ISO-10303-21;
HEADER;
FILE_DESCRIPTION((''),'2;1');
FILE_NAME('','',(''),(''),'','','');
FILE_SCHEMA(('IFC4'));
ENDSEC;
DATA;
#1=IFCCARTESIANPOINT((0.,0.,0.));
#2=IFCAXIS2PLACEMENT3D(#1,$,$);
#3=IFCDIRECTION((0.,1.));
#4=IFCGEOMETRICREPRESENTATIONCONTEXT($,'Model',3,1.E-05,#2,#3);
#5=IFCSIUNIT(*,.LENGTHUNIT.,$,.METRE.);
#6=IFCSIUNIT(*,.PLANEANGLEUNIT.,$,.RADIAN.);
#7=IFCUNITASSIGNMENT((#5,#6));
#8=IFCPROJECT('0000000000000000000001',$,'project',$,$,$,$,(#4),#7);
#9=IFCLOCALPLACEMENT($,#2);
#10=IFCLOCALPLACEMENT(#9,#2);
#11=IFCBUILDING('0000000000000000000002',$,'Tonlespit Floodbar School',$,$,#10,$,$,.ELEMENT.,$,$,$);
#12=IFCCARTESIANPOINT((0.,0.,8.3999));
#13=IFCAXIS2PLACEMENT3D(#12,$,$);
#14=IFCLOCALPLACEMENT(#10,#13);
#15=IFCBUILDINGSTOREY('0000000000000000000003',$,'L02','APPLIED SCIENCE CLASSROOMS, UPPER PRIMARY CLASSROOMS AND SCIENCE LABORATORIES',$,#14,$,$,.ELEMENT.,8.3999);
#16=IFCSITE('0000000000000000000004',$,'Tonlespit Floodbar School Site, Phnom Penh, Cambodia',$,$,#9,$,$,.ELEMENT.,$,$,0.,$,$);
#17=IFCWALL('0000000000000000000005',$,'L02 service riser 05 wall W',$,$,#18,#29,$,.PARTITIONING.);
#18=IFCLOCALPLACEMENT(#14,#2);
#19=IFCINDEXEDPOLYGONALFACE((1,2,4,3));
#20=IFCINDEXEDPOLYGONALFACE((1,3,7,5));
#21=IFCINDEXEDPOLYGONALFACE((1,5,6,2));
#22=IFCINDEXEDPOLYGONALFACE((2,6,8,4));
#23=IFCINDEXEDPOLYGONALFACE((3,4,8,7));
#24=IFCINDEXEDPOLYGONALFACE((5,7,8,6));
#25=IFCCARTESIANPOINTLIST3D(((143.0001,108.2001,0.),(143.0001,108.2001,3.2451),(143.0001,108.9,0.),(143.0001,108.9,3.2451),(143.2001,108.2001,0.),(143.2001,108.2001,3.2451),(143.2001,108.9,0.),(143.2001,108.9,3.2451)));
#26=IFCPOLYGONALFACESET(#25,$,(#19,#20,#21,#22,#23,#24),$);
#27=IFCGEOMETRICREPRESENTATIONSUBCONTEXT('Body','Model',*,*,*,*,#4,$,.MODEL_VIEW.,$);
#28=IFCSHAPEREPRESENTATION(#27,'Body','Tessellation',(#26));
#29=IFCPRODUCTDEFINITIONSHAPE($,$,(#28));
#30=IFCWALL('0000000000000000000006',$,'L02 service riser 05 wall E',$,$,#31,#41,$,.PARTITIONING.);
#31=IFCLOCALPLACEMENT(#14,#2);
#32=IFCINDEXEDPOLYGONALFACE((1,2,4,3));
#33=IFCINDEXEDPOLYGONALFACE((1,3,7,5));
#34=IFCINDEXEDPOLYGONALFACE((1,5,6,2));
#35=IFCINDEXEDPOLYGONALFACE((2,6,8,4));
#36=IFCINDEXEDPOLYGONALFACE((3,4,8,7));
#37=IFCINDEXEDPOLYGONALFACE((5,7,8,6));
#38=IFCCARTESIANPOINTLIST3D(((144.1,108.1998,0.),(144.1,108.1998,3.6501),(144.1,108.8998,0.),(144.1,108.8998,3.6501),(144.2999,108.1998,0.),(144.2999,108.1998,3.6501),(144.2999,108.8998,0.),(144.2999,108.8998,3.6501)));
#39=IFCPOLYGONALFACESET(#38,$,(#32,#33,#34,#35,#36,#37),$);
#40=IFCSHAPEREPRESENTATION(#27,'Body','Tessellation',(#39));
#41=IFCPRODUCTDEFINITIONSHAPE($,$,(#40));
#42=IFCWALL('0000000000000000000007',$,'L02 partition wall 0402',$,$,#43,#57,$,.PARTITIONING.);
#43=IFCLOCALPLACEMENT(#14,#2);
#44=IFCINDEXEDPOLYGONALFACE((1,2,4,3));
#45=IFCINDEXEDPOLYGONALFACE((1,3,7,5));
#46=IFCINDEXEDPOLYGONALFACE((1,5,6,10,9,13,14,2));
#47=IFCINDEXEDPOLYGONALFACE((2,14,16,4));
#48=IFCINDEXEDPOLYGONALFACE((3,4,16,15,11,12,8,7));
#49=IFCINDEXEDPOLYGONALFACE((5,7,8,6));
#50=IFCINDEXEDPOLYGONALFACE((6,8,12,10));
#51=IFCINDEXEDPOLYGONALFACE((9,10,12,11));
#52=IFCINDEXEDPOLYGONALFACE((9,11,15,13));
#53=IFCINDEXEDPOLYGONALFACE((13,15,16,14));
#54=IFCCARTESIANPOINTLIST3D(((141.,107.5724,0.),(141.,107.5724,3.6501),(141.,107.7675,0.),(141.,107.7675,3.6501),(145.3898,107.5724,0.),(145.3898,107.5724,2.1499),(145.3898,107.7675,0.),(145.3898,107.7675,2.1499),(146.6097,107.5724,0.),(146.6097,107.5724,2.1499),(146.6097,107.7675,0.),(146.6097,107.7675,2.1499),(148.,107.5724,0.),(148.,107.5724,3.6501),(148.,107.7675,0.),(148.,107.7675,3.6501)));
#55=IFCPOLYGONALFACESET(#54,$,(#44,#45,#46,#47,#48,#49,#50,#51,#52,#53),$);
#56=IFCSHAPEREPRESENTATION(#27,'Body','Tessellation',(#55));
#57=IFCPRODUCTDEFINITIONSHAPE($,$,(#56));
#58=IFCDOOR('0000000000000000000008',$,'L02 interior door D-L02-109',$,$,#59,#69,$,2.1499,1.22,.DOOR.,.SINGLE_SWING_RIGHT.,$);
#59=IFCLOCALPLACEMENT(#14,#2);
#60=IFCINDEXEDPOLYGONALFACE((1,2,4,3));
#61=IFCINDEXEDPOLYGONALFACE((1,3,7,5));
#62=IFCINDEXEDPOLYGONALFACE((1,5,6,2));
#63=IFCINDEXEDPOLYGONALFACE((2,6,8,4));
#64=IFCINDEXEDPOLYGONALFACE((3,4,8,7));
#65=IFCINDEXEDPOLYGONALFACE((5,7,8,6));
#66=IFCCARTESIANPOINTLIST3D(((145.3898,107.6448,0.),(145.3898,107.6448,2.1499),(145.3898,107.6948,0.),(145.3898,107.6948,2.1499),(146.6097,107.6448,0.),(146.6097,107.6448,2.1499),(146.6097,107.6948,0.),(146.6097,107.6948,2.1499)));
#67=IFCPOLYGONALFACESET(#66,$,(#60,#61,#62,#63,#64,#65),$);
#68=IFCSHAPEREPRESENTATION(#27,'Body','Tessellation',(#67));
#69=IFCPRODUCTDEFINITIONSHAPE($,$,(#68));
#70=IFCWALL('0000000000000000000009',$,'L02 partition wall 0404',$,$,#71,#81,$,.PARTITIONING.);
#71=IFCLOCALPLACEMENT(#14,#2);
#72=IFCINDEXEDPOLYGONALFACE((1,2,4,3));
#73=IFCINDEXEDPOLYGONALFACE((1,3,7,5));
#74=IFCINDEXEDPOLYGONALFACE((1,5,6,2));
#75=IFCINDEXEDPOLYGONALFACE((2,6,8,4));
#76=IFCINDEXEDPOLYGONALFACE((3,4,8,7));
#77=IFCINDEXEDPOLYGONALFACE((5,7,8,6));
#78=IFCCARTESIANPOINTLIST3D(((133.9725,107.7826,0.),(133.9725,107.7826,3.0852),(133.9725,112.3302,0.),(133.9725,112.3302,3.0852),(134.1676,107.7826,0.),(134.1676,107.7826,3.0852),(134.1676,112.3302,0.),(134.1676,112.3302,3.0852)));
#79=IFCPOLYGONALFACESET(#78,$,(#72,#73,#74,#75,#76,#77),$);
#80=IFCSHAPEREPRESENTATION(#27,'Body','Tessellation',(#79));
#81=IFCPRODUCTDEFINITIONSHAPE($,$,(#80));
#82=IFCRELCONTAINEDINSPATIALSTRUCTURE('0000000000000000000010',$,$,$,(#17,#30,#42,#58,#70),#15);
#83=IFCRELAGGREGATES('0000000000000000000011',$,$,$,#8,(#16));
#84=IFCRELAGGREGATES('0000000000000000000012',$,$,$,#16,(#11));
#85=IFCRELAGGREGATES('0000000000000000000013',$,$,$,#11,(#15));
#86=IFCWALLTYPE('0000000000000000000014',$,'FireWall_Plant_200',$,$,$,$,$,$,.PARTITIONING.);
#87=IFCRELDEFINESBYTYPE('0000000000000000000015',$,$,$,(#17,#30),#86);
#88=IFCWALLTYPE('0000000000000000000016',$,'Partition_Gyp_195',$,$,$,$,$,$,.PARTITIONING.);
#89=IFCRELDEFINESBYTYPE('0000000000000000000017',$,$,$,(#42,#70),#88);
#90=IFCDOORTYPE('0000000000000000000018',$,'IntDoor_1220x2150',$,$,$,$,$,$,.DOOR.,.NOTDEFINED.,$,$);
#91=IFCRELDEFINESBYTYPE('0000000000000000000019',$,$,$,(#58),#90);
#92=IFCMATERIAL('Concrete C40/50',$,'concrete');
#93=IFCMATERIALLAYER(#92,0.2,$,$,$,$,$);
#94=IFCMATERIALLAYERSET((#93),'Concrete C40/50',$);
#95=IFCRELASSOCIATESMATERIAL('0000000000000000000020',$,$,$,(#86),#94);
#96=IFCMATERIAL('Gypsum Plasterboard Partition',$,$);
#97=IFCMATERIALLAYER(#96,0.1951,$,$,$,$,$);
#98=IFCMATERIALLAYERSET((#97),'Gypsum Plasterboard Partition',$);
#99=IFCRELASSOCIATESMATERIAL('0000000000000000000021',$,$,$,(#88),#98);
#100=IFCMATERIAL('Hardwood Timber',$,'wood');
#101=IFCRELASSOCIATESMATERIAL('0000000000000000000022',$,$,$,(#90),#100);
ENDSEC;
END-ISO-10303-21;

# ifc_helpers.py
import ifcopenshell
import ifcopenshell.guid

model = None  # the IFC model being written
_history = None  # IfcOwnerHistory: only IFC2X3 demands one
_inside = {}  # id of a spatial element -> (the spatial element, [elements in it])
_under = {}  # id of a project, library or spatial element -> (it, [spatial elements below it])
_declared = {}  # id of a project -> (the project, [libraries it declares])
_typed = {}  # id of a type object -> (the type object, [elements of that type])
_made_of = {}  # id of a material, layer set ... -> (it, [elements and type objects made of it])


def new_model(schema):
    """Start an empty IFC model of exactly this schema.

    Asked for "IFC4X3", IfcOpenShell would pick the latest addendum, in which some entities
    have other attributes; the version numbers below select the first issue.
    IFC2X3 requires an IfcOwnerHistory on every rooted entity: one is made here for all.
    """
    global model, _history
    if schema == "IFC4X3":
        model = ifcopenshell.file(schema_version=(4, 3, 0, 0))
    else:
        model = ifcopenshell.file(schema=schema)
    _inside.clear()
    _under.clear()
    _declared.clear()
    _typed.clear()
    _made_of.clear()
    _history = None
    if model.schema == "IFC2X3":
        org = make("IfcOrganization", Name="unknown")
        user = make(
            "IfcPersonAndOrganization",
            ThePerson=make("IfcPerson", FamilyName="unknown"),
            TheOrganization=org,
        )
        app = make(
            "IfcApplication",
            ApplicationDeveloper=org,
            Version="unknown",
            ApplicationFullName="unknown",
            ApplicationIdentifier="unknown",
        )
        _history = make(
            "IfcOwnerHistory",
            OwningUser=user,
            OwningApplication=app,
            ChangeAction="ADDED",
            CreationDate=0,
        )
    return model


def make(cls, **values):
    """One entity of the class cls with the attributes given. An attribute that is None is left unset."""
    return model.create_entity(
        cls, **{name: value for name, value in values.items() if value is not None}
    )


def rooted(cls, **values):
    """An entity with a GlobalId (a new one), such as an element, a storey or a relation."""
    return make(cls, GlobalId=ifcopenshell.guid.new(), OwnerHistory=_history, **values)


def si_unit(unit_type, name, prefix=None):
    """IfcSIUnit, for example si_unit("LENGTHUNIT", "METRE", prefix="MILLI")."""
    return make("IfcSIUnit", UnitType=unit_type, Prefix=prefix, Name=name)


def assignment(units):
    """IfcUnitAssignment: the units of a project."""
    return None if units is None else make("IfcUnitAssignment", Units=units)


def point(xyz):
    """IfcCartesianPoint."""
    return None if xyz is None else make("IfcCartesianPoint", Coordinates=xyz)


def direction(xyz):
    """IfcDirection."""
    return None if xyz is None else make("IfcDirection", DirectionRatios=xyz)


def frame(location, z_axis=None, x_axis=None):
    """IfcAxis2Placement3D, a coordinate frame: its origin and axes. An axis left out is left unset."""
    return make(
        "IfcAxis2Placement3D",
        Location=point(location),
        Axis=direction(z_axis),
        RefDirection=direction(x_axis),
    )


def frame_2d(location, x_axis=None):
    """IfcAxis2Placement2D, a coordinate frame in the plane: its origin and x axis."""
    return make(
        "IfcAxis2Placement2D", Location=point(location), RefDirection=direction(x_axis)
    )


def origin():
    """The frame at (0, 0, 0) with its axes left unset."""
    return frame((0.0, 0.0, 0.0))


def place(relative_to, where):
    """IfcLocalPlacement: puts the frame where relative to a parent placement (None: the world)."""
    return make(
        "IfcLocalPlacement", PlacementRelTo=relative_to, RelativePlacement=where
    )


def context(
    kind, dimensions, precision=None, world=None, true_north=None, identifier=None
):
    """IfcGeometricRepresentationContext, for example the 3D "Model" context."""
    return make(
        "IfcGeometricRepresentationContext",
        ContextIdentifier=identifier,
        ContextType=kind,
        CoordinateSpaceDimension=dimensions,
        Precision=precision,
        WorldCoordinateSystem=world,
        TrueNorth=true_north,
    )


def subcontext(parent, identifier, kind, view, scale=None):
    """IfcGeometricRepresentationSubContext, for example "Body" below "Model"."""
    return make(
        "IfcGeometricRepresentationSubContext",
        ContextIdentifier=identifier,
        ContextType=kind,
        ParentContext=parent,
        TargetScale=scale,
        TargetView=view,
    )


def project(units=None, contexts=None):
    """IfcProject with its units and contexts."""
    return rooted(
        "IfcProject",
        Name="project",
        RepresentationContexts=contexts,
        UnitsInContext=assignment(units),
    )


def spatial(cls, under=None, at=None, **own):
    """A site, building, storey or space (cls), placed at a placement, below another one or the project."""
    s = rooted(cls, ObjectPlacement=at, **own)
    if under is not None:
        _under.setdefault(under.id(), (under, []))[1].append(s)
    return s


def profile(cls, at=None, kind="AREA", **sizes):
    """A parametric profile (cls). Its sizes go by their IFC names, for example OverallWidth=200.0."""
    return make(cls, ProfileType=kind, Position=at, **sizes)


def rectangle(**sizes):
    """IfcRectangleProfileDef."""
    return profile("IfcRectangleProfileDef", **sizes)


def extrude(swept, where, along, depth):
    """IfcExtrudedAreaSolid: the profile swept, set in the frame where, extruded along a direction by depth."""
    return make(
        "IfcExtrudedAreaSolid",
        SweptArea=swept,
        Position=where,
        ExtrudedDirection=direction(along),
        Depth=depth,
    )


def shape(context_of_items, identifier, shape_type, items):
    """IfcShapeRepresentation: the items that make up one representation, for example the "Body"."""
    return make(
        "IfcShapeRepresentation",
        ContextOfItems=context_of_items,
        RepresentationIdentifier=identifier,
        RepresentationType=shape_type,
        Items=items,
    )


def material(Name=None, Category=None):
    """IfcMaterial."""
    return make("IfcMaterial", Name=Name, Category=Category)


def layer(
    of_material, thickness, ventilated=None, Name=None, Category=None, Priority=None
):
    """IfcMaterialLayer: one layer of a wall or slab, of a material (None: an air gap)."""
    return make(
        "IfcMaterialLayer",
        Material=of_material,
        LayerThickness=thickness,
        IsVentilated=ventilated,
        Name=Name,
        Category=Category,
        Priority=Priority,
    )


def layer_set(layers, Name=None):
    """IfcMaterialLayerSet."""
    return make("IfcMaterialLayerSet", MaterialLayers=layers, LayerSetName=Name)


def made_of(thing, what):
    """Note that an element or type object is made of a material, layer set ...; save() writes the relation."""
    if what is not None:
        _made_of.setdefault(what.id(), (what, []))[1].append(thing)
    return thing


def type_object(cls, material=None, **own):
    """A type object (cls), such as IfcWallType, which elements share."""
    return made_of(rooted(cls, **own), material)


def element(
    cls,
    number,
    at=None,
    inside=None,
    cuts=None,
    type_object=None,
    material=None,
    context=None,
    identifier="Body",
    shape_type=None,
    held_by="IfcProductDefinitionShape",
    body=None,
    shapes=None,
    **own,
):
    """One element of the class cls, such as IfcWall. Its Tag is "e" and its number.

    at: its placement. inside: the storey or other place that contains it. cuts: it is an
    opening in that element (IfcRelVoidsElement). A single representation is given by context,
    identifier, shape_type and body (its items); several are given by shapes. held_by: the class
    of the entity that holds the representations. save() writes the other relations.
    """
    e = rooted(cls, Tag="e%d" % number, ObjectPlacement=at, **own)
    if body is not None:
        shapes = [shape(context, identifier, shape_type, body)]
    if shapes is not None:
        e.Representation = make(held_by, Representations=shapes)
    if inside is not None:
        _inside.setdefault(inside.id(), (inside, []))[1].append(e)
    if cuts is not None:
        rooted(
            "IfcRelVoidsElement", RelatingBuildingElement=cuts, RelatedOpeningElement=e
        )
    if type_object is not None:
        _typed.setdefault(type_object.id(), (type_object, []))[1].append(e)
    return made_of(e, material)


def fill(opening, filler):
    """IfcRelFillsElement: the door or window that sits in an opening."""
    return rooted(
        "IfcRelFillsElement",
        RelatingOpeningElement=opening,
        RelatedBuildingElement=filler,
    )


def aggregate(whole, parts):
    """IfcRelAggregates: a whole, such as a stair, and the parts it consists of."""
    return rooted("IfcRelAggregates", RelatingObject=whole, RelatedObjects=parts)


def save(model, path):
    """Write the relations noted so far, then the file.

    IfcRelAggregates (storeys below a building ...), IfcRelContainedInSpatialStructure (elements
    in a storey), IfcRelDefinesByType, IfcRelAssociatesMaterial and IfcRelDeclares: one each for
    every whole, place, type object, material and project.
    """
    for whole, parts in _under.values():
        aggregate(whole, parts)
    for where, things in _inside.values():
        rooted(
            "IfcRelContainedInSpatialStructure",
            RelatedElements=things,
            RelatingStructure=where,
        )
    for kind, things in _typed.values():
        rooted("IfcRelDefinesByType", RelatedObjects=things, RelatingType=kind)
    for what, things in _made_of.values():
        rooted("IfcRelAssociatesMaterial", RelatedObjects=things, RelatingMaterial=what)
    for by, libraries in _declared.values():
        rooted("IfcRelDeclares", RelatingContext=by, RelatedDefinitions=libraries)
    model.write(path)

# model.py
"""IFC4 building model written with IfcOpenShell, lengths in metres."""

from ifc_helpers import new_model, si_unit, direction, frame, frame_2d, origin, place, context, subcontext, project, spatial, rectangle, extrude, material, layer, layer_set, type_object, element, fill, save


model = new_model("IFC4")

# Units and contexts
model_context = context("Model", 3, precision=1e-05, world=origin(), true_north=direction((0.0, 1.0)))
body_context = subcontext(model_context, "Body", "Model", "MODEL_VIEW")
ifc_project = project(units=[si_unit("LENGTHUNIT", "METRE"), si_unit("PLANEANGLEUNIT", "RADIAN")], contexts=[model_context])

# Site, building, storey
site_placement = place(None, origin())
site = spatial("IfcSite", under=ifc_project, at=site_placement, Name="Tonlespit Floodbar School Site, Phnom Penh, Cambodia", CompositionType="ELEMENT", RefElevation=0.0)
building_placement = place(site_placement, origin())
building = spatial("IfcBuilding", under=site, at=building_placement, Name="Tonlespit Floodbar School", CompositionType="ELEMENT")
storey_placement = place(building_placement, frame((0.0, 0.0, 8.3999)))
storey = spatial("IfcBuildingStorey", under=building, at=storey_placement, Name="L02", Description="APPLIED SCIENCE CLASSROOMS, UPPER PRIMARY CLASSROOMS AND SCIENCE LABORATORIES", CompositionType="ELEMENT", Elevation=8.3999)

# Walls
ifc_material_1 = material(Name="Concrete C40/50", Category="concrete")
ifc_layer_1 = layer(ifc_material_1, 0.2)
ifc_layer_set_1 = layer_set([ifc_layer_1], Name="Concrete C40/50")
wall_type_1 = type_object("IfcWallType", Name="FireWall_Plant_200", PredefinedType="PARTITIONING", material=ifc_layer_set_1)
wall_1_placement = place(storey_placement, frame((143.1001, 108.2, 0.0), z_axis=(0.0, 0.0, 1.0), x_axis=(0.0, 1.0, 0.0)))
element("IfcWall", 1, at=wall_1_placement, inside=storey, type_object=wall_type_1, Name="L02 service riser 05 wall W", PredefinedType="PARTITIONING", context=body_context, shape_type="SweptSolid", body=[
    extrude(rectangle(XDim=0.7, YDim=0.2, at=frame_2d((0.3501, 0.0))), origin(), (0.0, 0.0, 1.0), 3.2451),
])
wall_2_placement = place(storey_placement, frame((144.2, 108.8999, 0.0), z_axis=(0.0, 0.0, 1.0), x_axis=(0.0, -1.0, 0.0)))
element("IfcWall", 2, at=wall_2_placement, inside=storey, type_object=wall_type_1, Name="L02 service riser 05 wall E", PredefinedType="PARTITIONING", context=body_context, shape_type="SweptSolid", body=[
    extrude(rectangle(XDim=0.7, YDim=0.2, at=frame_2d((0.3501, 0.0))), origin(), (0.0, 0.0, 1.0), 3.6501),
])
ifc_material_2 = material(Name="Gypsum Plasterboard Partition")
ifc_layer_2 = layer(ifc_material_2, 0.1951)
ifc_layer_set_2 = layer_set([ifc_layer_2], Name="Gypsum Plasterboard Partition")
wall_type_2 = type_object("IfcWallType", Name="Partition_Gyp_195", PredefinedType="PARTITIONING", material=ifc_layer_set_2)

# Wall, opening, door
wall_3_placement = place(storey_placement, frame((141.0, 107.6699, 0.0), z_axis=(0.0, 0.0, 1.0), x_axis=(1.0, 0.0, 0.0)))
wall_3 = element("IfcWall", 3, at=wall_3_placement, inside=storey, type_object=wall_type_2, Name="L02 partition wall 0402", PredefinedType="PARTITIONING", context=body_context, shape_type="SweptSolid", body=[
    extrude(rectangle(XDim=7.0, YDim=0.1951, at=frame_2d((3.5, 0.0))), origin(), (0.0, 0.0, 1.0), 3.6501),
])
opening_placement = place(wall_3_placement, frame((4.3899, 0.0, 0.0)))
opening = element("IfcOpeningElement", 4, at=opening_placement, cuts=wall_3, PredefinedType="OPENING", context=body_context, shape_type="SweptSolid", body=[
    extrude(rectangle(XDim=1.22, YDim=2.1499, at=frame_2d((0.6099, 1.075))), frame((0.0, 0.1074, 0.0), z_axis=(0.0, -1.0, 0.0), x_axis=(1.0, 0.0, 0.0)), (0.0, 0.0, 1.0), 0.2151),
])
ifc_material_3 = material(Name="Hardwood Timber", Category="wood")
door_type = type_object("IfcDoorType", Name="IntDoor_1220x2150", OperationType="NOTDEFINED", PredefinedType="DOOR", material=ifc_material_3)
door_placement = place(opening_placement, origin())
door = element("IfcDoor", 5, at=door_placement, inside=storey, type_object=door_type, Name="L02 interior door D-L02-109", OperationType="SINGLE_SWING_RIGHT", OverallHeight=2.1499, OverallWidth=1.22, PredefinedType="DOOR", context=body_context, shape_type="SweptSolid", body=[
    extrude(rectangle(XDim=1.22, YDim=2.1499, at=frame_2d((0.6099, 1.075))), frame((0.0, 0.0249, 0.0), z_axis=(0.0, -1.0, 0.0), x_axis=(1.0, 0.0, 0.0)), (0.0, 0.0, 1.0), 0.05),
])
fill(opening, door)

# Wall
wall_4_placement = place(storey_placement, frame((134.0701, 107.7825, 0.0), z_axis=(0.0, 0.0, 1.0), x_axis=(0.0, 1.0, 0.0)))
element("IfcWall", 6, at=wall_4_placement, inside=storey, type_object=wall_type_2, Name="L02 partition wall 0404", PredefinedType="PARTITIONING", context=body_context, shape_type="SweptSolid", body=[
    extrude(rectangle(XDim=4.5476, YDim=0.1951, at=frame_2d((2.2739, 0.0))), origin(), (0.0, 0.0, 1.0), 3.0852),
])

save(model, "model.ifc")
